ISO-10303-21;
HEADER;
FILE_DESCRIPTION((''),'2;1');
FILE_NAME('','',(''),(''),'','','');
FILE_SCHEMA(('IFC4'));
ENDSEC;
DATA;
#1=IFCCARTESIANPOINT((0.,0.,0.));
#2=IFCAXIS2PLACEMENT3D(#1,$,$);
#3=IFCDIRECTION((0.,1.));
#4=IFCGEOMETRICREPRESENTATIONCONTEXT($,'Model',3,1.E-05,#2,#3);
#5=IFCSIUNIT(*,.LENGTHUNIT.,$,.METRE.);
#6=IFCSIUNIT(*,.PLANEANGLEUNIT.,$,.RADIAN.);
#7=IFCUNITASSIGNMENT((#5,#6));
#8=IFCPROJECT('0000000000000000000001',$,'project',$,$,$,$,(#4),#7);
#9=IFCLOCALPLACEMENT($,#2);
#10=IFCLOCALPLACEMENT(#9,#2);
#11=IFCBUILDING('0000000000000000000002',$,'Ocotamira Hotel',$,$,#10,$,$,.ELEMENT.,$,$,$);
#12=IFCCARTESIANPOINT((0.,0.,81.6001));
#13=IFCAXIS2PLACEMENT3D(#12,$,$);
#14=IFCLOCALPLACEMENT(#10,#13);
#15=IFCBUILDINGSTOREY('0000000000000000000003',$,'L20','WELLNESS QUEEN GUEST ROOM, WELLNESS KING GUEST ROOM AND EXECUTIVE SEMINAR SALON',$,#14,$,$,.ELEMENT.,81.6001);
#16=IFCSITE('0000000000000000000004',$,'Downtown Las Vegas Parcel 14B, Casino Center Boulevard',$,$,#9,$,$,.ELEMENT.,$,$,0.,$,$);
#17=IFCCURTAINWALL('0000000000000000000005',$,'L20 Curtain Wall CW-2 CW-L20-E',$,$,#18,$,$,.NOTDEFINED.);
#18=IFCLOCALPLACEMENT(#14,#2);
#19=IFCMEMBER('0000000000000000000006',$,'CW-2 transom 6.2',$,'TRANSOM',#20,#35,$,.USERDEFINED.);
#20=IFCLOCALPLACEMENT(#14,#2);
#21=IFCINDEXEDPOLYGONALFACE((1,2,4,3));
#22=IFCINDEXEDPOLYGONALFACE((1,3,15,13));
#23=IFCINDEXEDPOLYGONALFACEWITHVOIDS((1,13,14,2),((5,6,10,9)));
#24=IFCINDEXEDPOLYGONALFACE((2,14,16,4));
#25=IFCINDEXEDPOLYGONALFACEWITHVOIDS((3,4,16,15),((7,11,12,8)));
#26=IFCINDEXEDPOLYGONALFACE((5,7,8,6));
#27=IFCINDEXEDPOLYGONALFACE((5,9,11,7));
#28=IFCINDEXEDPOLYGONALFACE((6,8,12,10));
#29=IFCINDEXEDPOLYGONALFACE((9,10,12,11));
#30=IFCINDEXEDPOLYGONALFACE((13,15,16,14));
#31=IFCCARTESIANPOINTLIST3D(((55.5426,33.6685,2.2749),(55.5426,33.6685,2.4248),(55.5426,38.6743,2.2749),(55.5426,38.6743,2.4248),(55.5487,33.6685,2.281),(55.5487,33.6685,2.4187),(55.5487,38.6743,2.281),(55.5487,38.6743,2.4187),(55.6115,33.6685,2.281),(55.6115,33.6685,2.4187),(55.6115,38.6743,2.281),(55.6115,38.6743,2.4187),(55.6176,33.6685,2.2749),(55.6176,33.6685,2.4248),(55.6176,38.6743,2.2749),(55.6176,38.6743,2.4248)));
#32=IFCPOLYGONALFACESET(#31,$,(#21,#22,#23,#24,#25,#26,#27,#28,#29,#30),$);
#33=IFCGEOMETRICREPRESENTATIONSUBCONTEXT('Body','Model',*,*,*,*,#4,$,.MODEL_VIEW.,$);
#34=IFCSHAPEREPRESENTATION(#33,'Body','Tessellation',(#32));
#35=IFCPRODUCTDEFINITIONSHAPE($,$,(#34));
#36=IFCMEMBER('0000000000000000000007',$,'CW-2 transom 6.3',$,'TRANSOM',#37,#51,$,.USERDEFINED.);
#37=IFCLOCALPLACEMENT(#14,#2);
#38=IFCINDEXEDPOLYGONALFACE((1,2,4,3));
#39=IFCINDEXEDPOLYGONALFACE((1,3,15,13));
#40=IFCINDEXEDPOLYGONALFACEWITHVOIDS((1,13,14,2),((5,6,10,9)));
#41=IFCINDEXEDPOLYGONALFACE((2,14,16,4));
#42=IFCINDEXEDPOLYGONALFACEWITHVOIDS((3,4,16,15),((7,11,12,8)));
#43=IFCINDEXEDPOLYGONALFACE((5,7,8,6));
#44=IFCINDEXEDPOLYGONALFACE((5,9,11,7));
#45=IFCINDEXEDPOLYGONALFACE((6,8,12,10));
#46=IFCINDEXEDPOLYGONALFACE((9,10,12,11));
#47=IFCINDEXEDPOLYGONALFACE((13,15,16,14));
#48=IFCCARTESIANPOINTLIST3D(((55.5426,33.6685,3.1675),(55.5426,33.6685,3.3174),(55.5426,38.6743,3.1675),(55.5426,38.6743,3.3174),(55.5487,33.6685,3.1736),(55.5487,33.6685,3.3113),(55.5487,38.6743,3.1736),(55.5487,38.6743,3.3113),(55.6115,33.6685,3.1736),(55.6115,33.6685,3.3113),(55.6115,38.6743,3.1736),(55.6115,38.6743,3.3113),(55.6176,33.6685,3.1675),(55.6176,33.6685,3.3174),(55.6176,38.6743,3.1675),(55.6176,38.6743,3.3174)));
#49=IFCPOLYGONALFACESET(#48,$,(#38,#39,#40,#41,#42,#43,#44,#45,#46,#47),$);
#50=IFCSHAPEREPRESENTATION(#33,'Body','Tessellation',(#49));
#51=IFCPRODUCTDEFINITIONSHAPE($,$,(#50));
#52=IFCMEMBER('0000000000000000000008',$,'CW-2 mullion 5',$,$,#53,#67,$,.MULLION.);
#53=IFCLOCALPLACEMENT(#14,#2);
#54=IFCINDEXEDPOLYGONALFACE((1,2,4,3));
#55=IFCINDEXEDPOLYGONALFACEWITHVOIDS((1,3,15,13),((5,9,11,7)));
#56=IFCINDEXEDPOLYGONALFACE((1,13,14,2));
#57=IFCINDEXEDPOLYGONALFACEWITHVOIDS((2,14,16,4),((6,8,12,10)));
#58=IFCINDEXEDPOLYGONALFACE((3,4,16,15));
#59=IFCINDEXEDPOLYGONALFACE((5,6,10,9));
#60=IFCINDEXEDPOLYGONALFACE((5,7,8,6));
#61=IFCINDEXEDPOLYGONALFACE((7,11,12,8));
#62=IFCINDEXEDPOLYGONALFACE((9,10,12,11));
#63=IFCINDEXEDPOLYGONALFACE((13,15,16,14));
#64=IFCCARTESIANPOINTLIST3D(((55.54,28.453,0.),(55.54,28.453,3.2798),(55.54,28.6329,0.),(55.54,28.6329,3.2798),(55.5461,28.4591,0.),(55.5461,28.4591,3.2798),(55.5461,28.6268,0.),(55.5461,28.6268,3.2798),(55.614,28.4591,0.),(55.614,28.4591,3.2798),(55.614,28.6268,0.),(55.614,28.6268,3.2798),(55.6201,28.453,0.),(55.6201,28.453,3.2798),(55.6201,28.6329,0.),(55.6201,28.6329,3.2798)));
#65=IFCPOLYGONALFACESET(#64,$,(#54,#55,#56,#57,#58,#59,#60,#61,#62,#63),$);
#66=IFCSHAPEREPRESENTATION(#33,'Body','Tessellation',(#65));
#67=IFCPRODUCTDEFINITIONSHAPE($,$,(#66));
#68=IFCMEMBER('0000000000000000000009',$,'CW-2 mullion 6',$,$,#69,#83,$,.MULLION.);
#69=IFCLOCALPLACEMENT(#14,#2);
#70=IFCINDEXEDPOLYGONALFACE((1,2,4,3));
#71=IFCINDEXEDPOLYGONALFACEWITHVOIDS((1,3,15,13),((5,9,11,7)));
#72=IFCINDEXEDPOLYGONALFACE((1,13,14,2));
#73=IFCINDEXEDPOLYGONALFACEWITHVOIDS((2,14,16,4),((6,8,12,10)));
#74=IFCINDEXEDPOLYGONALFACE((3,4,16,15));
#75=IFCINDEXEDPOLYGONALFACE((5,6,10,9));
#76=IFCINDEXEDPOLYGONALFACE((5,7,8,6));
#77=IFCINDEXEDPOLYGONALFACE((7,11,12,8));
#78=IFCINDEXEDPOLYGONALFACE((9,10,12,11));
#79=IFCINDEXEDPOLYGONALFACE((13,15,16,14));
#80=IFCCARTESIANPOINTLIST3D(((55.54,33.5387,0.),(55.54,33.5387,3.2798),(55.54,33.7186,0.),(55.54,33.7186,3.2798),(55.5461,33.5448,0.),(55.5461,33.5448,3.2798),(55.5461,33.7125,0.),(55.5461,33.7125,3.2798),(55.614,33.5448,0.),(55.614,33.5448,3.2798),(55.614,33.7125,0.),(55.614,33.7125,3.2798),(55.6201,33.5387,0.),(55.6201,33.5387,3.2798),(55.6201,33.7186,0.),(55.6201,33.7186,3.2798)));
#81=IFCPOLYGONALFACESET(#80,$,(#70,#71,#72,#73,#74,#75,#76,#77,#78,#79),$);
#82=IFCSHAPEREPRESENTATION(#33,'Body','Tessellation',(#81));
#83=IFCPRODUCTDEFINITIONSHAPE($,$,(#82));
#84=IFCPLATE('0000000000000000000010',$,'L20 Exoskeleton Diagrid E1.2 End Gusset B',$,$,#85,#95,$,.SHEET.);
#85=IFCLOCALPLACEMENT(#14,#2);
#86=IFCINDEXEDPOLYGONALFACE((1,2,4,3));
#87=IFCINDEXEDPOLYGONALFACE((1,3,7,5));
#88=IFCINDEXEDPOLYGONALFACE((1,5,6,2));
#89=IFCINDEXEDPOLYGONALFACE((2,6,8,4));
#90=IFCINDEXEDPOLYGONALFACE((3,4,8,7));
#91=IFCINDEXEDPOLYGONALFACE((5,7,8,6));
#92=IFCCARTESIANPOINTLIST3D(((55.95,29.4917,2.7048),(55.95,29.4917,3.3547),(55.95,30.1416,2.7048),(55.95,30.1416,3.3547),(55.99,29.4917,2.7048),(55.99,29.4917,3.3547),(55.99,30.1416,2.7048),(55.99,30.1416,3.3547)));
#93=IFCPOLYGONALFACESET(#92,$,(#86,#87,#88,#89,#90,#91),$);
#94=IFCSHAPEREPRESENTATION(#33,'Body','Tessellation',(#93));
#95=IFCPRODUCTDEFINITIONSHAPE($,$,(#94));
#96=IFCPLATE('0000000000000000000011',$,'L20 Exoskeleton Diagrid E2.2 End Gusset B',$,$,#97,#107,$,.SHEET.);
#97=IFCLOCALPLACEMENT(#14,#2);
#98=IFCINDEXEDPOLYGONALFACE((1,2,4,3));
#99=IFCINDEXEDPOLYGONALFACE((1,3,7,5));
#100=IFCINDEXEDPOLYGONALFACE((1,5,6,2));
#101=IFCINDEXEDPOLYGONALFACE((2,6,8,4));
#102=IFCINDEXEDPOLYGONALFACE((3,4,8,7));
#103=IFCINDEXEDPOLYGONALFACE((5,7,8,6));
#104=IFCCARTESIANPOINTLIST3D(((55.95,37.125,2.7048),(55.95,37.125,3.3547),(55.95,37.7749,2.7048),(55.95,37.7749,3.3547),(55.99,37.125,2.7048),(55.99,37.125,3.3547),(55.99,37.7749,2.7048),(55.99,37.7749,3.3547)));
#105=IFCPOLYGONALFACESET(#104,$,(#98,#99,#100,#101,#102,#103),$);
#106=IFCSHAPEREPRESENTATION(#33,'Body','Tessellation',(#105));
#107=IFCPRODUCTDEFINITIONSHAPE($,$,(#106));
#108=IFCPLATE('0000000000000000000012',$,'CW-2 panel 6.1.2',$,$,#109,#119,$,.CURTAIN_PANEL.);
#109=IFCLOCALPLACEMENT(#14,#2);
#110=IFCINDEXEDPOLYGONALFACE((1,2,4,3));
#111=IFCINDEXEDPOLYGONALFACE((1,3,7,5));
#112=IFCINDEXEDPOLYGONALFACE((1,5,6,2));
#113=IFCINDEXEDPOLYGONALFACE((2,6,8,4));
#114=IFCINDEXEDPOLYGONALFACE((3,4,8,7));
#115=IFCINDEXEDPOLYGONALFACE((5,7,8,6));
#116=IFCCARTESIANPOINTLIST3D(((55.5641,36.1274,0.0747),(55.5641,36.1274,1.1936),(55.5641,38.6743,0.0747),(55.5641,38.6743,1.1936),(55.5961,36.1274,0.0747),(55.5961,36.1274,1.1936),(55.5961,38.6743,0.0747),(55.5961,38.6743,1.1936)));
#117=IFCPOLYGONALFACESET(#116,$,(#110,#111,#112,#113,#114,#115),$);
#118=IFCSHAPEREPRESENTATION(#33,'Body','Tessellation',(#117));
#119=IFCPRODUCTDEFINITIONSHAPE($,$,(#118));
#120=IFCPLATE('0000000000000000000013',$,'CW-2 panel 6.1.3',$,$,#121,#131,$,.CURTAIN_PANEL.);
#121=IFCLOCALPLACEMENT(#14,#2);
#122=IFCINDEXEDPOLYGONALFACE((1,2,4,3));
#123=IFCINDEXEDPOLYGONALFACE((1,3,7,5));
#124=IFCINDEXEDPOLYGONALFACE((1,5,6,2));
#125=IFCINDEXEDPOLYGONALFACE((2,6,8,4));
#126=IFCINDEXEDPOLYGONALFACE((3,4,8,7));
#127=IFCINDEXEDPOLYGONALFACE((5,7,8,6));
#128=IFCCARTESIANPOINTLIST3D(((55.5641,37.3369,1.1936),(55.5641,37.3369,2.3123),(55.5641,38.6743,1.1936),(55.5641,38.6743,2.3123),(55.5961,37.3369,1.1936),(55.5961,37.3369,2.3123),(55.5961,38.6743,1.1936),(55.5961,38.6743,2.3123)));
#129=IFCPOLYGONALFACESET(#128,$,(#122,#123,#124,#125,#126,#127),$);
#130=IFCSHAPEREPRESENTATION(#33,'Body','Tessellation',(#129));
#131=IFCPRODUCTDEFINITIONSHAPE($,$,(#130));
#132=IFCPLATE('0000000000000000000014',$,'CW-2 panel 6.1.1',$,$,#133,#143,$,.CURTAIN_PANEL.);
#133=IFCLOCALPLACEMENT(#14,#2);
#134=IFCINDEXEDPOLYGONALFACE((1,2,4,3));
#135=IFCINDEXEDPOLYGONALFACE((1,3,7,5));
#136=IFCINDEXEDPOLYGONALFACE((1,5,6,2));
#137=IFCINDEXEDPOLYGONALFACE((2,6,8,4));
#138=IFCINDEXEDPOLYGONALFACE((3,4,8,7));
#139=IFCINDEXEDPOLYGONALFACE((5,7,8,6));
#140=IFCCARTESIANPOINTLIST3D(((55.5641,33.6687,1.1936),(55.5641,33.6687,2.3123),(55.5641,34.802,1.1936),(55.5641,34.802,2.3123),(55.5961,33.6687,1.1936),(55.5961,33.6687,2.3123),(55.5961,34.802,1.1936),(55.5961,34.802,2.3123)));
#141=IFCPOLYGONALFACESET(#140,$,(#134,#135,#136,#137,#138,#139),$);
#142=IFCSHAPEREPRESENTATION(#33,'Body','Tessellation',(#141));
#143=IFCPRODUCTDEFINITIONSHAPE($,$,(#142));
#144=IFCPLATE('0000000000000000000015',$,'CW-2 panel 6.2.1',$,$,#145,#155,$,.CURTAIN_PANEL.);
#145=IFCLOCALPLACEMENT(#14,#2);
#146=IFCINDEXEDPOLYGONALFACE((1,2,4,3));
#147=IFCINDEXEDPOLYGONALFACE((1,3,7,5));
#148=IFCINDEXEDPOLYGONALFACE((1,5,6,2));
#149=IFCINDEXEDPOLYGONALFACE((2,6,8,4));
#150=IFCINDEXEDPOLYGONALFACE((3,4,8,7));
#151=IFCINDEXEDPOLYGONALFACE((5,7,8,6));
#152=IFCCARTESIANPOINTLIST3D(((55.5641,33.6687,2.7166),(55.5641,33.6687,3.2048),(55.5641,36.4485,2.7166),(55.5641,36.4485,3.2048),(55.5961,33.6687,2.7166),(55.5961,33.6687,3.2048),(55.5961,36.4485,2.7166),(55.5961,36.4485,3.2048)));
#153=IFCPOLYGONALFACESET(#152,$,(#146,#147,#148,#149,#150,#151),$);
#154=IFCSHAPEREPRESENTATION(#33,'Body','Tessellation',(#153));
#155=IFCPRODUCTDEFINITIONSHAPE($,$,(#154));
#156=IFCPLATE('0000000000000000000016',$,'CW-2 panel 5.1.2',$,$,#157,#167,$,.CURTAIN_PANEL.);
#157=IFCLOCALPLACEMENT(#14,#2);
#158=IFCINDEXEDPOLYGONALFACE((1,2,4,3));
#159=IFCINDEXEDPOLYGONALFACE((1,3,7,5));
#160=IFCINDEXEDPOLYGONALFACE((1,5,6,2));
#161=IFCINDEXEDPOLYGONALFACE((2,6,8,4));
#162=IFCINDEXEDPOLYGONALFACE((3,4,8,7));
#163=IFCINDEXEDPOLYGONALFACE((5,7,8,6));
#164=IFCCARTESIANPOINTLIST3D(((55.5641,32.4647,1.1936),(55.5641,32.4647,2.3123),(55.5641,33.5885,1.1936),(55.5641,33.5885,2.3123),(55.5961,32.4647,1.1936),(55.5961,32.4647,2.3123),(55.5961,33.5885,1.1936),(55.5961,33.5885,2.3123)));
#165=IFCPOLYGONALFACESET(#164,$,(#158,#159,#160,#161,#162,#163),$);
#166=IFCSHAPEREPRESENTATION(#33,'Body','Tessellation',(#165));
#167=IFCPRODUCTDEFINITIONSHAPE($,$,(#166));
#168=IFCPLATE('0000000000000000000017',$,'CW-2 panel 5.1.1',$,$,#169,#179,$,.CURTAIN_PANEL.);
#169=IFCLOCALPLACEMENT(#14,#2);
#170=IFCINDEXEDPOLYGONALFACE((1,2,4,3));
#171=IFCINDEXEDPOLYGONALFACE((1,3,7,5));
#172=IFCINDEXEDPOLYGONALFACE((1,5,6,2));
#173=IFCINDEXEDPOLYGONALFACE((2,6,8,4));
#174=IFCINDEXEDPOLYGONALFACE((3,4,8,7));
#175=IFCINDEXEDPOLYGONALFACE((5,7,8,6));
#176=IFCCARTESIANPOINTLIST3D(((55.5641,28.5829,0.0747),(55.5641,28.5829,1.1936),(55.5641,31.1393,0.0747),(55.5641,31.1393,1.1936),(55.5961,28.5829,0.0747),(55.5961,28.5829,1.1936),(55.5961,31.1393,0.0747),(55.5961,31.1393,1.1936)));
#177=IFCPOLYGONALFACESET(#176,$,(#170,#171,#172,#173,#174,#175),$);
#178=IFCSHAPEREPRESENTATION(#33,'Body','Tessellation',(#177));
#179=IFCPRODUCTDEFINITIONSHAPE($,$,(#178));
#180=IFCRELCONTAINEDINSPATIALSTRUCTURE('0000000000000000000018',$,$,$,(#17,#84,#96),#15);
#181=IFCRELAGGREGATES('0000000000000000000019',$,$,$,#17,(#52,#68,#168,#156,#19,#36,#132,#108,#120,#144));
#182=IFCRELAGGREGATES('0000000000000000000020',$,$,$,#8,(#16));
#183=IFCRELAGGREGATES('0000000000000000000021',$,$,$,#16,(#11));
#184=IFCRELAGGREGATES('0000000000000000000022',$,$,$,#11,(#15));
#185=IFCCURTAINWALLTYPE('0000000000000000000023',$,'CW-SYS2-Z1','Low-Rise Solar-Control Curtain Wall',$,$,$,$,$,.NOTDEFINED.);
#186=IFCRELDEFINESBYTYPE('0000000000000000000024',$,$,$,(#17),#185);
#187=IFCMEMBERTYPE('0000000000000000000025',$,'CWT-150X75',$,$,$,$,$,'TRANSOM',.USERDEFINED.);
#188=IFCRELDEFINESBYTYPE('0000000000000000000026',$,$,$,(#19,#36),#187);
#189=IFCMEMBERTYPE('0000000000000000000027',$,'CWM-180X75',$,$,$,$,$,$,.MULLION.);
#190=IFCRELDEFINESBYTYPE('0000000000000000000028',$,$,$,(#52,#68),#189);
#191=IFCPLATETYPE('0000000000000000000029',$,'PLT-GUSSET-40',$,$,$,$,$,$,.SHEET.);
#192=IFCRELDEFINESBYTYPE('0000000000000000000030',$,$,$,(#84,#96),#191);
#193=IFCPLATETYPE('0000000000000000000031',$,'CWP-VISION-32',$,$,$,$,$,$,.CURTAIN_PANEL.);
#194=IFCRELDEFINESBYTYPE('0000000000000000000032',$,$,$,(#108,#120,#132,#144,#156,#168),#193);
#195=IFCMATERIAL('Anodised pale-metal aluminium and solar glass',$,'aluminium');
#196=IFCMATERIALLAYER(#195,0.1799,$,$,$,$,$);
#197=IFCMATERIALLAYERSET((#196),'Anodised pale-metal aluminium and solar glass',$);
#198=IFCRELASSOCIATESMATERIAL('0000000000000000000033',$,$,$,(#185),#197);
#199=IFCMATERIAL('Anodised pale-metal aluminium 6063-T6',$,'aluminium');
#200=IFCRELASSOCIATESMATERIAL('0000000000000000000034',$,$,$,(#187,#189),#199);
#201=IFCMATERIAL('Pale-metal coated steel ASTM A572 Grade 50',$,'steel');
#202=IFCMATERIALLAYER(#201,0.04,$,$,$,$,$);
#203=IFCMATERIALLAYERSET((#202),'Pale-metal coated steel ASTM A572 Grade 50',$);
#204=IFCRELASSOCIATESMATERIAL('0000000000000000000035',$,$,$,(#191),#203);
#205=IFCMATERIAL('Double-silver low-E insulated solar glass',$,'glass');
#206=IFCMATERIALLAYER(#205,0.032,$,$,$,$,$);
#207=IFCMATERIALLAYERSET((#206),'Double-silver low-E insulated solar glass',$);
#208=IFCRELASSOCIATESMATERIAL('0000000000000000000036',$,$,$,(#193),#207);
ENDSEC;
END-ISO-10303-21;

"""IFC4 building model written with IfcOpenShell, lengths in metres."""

from ifc_helpers import new_model, si_unit, direction, frame, origin, origin_2d, place, context, subcontext, project, spatial, rectangle, hollow_rectangle, extrude, source, transform, mapped, material, layer, layer_set, material_profile, profile_set, type_object, element, aggregate, save


model = new_model("IFC4")

# Units and contexts
model_context = context("Model", 3, precision=1e-05, world=origin(), true_north=direction((0.0, 1.0)))
body_context = subcontext(model_context, "Body", "Model", "MODEL_VIEW")
ifc_project = project(units=[si_unit("LENGTHUNIT", "METRE"), si_unit("PLANEANGLEUNIT", "RADIAN")], contexts=[model_context])

# Site, building, storey
site_placement = place(None, origin())
site = spatial("IfcSite", under=ifc_project, at=site_placement, Name="Downtown Las Vegas Parcel 14B, Casino Center Boulevard", CompositionType="ELEMENT", RefElevation=0.0)
building_placement = place(site_placement, origin())
building = spatial("IfcBuilding", under=site, at=building_placement, Name="Ocotamira Hotel", CompositionType="ELEMENT")
storey_placement = place(building_placement, frame((0.0, 0.0, 81.6001)))
storey = spatial("IfcBuildingStorey", under=building, at=storey_placement, Name="L20", Description="WELLNESS QUEEN GUEST ROOM, WELLNESS KING GUEST ROOM AND EXECUTIVE SEMINAR SALON", CompositionType="ELEMENT", Elevation=81.6001)

# Curtain wall, members
ifc_material_1 = material(Name="Anodised pale-metal aluminium and solar glass", Category="aluminium")
ifc_layer_1 = layer(ifc_material_1, 0.1799)
ifc_layer_set_1 = layer_set([ifc_layer_1], Name="Anodised pale-metal aluminium and solar glass")
curtain_wall_type = type_object("IfcCurtainWallType", Name="CW-SYS2-Z1", Description="Low-Rise Solar-Control Curtain Wall", PredefinedType="NOTDEFINED", material=ifc_layer_set_1)
curtain_wall_placement = place(storey_placement, origin())
curtain_wall = element("IfcCurtainWall", 1, at=curtain_wall_placement, inside=storey, type_object=curtain_wall_type, Name="L20 Curtain Wall CW-2 CW-L20-E", PredefinedType="NOTDEFINED")
ifc_material_2 = material(Name="Anodised pale-metal aluminium 6063-T6", Category="aluminium")
ifc_material_profile_1 = material_profile(ifc_material_2, hollow_rectangle(XDim=0.075, YDim=0.1499, WallThickness=0.0061, at=origin_2d()), Name="HSS150X75X6")
ifc_profile_set_1 = profile_set([ifc_material_profile_1], Name="Anodised pale-metal aluminium 6063-T6")
member_type_1 = type_object("IfcMemberType", Name="CWT-150X75", ElementType="TRANSOM", PredefinedType="USERDEFINED", material=ifc_profile_set_1)
shared_shape_1 = source(origin(), body_context, "Body", "SweptSolid", [
    extrude(hollow_rectangle(XDim=0.075, YDim=0.1499, WallThickness=0.0061, at=origin_2d()), origin(), (0.0, 0.0, 1.0), 5.0059),
])
member_1_placement = place(storey_placement, frame((55.5801, 33.6685, 2.3499), z_axis=(0.0, 1.0, 0.0), x_axis=(-1.0, 0.0, 0.0)))
member_1 = element("IfcMember", 2, at=member_1_placement, type_object=member_type_1, Name="CW-2 transom 6.2", ObjectType="TRANSOM", PredefinedType="USERDEFINED", context=body_context, shape_type="MappedRepresentation", body=[
    mapped(shared_shape_1, transform((0.0, 0.0, 0.0), scale=1.0)),
])
member_2_placement = place(storey_placement, frame((55.5801, 33.6685, 3.2424), z_axis=(0.0, 1.0, 0.0), x_axis=(-1.0, 0.0, 0.0)))
member_2 = element("IfcMember", 3, at=member_2_placement, type_object=member_type_1, Name="CW-2 transom 6.3", ObjectType="TRANSOM", PredefinedType="USERDEFINED", context=body_context, shape_type="MappedRepresentation", body=[
    mapped(shared_shape_1, transform((0.0, 0.0, 0.0), scale=1.0)),
])
ifc_material_profile_2 = material_profile(ifc_material_2, hollow_rectangle(XDim=0.0801, YDim=0.1799, WallThickness=0.0061, at=origin_2d()), Name="HSS180X80X6")
ifc_profile_set_2 = profile_set([ifc_material_profile_2], Name="Anodised pale-metal aluminium 6063-T6")
member_type_2 = type_object("IfcMemberType", Name="CWM-180X75", PredefinedType="MULLION", material=ifc_profile_set_2)
shared_shape_2 = source(origin(), body_context, "Body", "SweptSolid", [
    extrude(hollow_rectangle(XDim=0.0801, YDim=0.1799, WallThickness=0.0061, at=origin_2d()), origin(), (0.0, 0.0, 1.0), 3.2798),
])
member_3_placement = place(storey_placement, frame((55.5801, 28.543, 0.0), z_axis=(0.0, 0.0, 1.0), x_axis=(-1.0, 0.0, 0.0)))
member_3 = element("IfcMember", 4, at=member_3_placement, type_object=member_type_2, Name="CW-2 mullion 5", PredefinedType="MULLION", context=body_context, shape_type="MappedRepresentation", body=[
    mapped(shared_shape_2, transform((0.0, 0.0, 0.0), scale=1.0)),
])
member_4_placement = place(storey_placement, frame((55.5801, 33.6287, 0.0), z_axis=(0.0, 0.0, 1.0), x_axis=(-1.0, 0.0, 0.0)))
member_4 = element("IfcMember", 5, at=member_4_placement, type_object=member_type_2, Name="CW-2 mullion 6", PredefinedType="MULLION", context=body_context, shape_type="MappedRepresentation", body=[
    mapped(shared_shape_2, transform((0.0, 0.0, 0.0), scale=1.0)),
])

# Plates
ifc_material_3 = material(Name="Pale-metal coated steel ASTM A572 Grade 50", Category="steel")
ifc_layer_2 = layer(ifc_material_3, 0.04)
ifc_layer_set_2 = layer_set([ifc_layer_2], Name="Pale-metal coated steel ASTM A572 Grade 50")
plate_type_1 = type_object("IfcPlateType", Name="PLT-GUSSET-40", PredefinedType="SHEET", material=ifc_layer_set_2)
shared_shape_3 = source(origin(), body_context, "Body", "SweptSolid", [
    extrude(rectangle(XDim=0.04, YDim=0.6499, at=origin_2d()), origin(), (0.0, 0.0, 1.0), 0.6499),
])
for number, where, z_axis, x_axis, name in (
    (6, (55.97, 29.8167, 2.7048), (0.0, 0.0, 1.0), (1.0, 0.0, 0.0), "L20 Exoskeleton Diagrid E1.2 End Gusset B"),
    (7, (55.97, 37.45, 2.7048), (0.0, 0.0, 1.0), (1.0, 0.0, 0.0), "L20 Exoskeleton Diagrid E2.2 End Gusset B"),
):
    element("IfcPlate", number, at=place(storey_placement, frame(where, z_axis=z_axis, x_axis=x_axis)), inside=storey, type_object=plate_type_1, Name=name, PredefinedType="SHEET", context=body_context, shape_type="MappedRepresentation", body=[
        mapped(shared_shape_3, transform((0.0, 0.0, 0.0), scale=1.0)),
    ])

# Plates
ifc_material_4 = material(Name="Double-silver low-E insulated solar glass", Category="glass")
ifc_layer_3 = layer(ifc_material_4, 0.032)
ifc_layer_set_3 = layer_set([ifc_layer_3], Name="Double-silver low-E insulated solar glass")
plate_type_2 = type_object("IfcPlateType", Name="CWP-VISION-32", PredefinedType="CURTAIN_PANEL", material=ifc_layer_set_3)
shared_shape_4 = source(origin(), body_context, "Body", "SweptSolid", [
    extrude(rectangle(XDim=2.5469, YDim=0.032, at=origin_2d()), origin(), (0.0, 0.0, 1.0), 1.1189),
])
plate_1_placement = place(storey_placement, frame((55.5801, 37.4009, 0.0747), z_axis=(0.0, 0.0, 1.0), x_axis=(0.0, 1.0, 0.0)))
plate_1 = element("IfcPlate", 8, at=plate_1_placement, type_object=plate_type_2, Name="CW-2 panel 6.1.2", PredefinedType="CURTAIN_PANEL", context=body_context, shape_type="MappedRepresentation", body=[
    mapped(shared_shape_4, transform((0.0, 0.0, 0.0), scale=1.0)),
])
shared_shape_5 = source(origin(), body_context, "Body", "SweptSolid", [
    extrude(rectangle(XDim=1.3374, YDim=0.032, at=origin_2d()), origin(), (0.0, 0.0, 1.0), 1.1187),
])
plate_2_placement = place(storey_placement, frame((55.5801, 38.0056, 1.1936), z_axis=(0.0, 0.0, 1.0), x_axis=(0.0, 1.0, 0.0)))
plate_2 = element("IfcPlate", 9, at=plate_2_placement, type_object=plate_type_2, Name="CW-2 panel 6.1.3", PredefinedType="CURTAIN_PANEL", context=body_context, shape_type="MappedRepresentation", body=[
    mapped(shared_shape_5, transform((0.0, 0.0, 0.0), scale=1.0)),
])
shared_shape_6 = source(origin(), body_context, "Body", "SweptSolid", [
    extrude(rectangle(XDim=1.1333, YDim=0.032, at=origin_2d()), origin(), (0.0, 0.0, 1.0), 1.1187),
])
plate_3_placement = place(storey_placement, frame((55.5801, 34.2354, 1.1936), z_axis=(0.0, 0.0, 1.0), x_axis=(0.0, 1.0, 0.0)))
plate_3 = element("IfcPlate", 10, at=plate_3_placement, type_object=plate_type_2, Name="CW-2 panel 6.1.1", PredefinedType="CURTAIN_PANEL", context=body_context, shape_type="MappedRepresentation", body=[
    mapped(shared_shape_6, transform((0.0, 0.0, 0.0), scale=1.0)),
])
shared_shape_7 = source(origin(), body_context, "Body", "SweptSolid", [
    extrude(rectangle(XDim=2.7798, YDim=0.032, at=origin_2d()), origin(), (0.0, 0.0, 1.0), 0.4883),
])
plate_4_placement = place(storey_placement, frame((55.5801, 35.0586, 2.7166), z_axis=(0.0, 0.0, 1.0), x_axis=(0.0, 1.0, 0.0)))
plate_4 = element("IfcPlate", 11, at=plate_4_placement, type_object=plate_type_2, Name="CW-2 panel 6.2.1", PredefinedType="CURTAIN_PANEL", context=body_context, shape_type="MappedRepresentation", body=[
    mapped(shared_shape_7, transform((0.0, 0.0, 0.0), scale=1.0)),
])
shared_shape_8 = source(origin(), body_context, "Body", "SweptSolid", [
    extrude(rectangle(XDim=1.1238, YDim=0.032, at=origin_2d()), origin(), (0.0, 0.0, 1.0), 1.1187),
])
plate_5_placement = place(storey_placement, frame((55.5801, 33.0266, 1.1936), z_axis=(0.0, 0.0, 1.0), x_axis=(0.0, 1.0, 0.0)))
plate_5 = element("IfcPlate", 12, at=plate_5_placement, type_object=plate_type_2, Name="CW-2 panel 5.1.2", PredefinedType="CURTAIN_PANEL", context=body_context, shape_type="MappedRepresentation", body=[
    mapped(shared_shape_8, transform((0.0, 0.0, 0.0), scale=1.0)),
])
shared_shape_9 = source(origin(), body_context, "Body", "SweptSolid", [
    extrude(rectangle(XDim=2.5564, YDim=0.032, at=origin_2d()), origin(), (0.0, 0.0, 1.0), 1.1189),
])
plate_6_placement = place(storey_placement, frame((55.5801, 29.8611, 0.0747), z_axis=(0.0, 0.0, 1.0), x_axis=(0.0, 1.0, 0.0)))
plate_6 = element("IfcPlate", 13, at=plate_6_placement, type_object=plate_type_2, Name="CW-2 panel 5.1.1", PredefinedType="CURTAIN_PANEL", context=body_context, shape_type="MappedRepresentation", body=[
    mapped(shared_shape_9, transform((0.0, 0.0, 0.0), scale=1.0)),
])
aggregate(curtain_wall, [member_3, member_4, plate_6, plate_5, member_1, member_2, plate_3, plate_1, plate_2, plate_4])

save(model, "model.ifc")
